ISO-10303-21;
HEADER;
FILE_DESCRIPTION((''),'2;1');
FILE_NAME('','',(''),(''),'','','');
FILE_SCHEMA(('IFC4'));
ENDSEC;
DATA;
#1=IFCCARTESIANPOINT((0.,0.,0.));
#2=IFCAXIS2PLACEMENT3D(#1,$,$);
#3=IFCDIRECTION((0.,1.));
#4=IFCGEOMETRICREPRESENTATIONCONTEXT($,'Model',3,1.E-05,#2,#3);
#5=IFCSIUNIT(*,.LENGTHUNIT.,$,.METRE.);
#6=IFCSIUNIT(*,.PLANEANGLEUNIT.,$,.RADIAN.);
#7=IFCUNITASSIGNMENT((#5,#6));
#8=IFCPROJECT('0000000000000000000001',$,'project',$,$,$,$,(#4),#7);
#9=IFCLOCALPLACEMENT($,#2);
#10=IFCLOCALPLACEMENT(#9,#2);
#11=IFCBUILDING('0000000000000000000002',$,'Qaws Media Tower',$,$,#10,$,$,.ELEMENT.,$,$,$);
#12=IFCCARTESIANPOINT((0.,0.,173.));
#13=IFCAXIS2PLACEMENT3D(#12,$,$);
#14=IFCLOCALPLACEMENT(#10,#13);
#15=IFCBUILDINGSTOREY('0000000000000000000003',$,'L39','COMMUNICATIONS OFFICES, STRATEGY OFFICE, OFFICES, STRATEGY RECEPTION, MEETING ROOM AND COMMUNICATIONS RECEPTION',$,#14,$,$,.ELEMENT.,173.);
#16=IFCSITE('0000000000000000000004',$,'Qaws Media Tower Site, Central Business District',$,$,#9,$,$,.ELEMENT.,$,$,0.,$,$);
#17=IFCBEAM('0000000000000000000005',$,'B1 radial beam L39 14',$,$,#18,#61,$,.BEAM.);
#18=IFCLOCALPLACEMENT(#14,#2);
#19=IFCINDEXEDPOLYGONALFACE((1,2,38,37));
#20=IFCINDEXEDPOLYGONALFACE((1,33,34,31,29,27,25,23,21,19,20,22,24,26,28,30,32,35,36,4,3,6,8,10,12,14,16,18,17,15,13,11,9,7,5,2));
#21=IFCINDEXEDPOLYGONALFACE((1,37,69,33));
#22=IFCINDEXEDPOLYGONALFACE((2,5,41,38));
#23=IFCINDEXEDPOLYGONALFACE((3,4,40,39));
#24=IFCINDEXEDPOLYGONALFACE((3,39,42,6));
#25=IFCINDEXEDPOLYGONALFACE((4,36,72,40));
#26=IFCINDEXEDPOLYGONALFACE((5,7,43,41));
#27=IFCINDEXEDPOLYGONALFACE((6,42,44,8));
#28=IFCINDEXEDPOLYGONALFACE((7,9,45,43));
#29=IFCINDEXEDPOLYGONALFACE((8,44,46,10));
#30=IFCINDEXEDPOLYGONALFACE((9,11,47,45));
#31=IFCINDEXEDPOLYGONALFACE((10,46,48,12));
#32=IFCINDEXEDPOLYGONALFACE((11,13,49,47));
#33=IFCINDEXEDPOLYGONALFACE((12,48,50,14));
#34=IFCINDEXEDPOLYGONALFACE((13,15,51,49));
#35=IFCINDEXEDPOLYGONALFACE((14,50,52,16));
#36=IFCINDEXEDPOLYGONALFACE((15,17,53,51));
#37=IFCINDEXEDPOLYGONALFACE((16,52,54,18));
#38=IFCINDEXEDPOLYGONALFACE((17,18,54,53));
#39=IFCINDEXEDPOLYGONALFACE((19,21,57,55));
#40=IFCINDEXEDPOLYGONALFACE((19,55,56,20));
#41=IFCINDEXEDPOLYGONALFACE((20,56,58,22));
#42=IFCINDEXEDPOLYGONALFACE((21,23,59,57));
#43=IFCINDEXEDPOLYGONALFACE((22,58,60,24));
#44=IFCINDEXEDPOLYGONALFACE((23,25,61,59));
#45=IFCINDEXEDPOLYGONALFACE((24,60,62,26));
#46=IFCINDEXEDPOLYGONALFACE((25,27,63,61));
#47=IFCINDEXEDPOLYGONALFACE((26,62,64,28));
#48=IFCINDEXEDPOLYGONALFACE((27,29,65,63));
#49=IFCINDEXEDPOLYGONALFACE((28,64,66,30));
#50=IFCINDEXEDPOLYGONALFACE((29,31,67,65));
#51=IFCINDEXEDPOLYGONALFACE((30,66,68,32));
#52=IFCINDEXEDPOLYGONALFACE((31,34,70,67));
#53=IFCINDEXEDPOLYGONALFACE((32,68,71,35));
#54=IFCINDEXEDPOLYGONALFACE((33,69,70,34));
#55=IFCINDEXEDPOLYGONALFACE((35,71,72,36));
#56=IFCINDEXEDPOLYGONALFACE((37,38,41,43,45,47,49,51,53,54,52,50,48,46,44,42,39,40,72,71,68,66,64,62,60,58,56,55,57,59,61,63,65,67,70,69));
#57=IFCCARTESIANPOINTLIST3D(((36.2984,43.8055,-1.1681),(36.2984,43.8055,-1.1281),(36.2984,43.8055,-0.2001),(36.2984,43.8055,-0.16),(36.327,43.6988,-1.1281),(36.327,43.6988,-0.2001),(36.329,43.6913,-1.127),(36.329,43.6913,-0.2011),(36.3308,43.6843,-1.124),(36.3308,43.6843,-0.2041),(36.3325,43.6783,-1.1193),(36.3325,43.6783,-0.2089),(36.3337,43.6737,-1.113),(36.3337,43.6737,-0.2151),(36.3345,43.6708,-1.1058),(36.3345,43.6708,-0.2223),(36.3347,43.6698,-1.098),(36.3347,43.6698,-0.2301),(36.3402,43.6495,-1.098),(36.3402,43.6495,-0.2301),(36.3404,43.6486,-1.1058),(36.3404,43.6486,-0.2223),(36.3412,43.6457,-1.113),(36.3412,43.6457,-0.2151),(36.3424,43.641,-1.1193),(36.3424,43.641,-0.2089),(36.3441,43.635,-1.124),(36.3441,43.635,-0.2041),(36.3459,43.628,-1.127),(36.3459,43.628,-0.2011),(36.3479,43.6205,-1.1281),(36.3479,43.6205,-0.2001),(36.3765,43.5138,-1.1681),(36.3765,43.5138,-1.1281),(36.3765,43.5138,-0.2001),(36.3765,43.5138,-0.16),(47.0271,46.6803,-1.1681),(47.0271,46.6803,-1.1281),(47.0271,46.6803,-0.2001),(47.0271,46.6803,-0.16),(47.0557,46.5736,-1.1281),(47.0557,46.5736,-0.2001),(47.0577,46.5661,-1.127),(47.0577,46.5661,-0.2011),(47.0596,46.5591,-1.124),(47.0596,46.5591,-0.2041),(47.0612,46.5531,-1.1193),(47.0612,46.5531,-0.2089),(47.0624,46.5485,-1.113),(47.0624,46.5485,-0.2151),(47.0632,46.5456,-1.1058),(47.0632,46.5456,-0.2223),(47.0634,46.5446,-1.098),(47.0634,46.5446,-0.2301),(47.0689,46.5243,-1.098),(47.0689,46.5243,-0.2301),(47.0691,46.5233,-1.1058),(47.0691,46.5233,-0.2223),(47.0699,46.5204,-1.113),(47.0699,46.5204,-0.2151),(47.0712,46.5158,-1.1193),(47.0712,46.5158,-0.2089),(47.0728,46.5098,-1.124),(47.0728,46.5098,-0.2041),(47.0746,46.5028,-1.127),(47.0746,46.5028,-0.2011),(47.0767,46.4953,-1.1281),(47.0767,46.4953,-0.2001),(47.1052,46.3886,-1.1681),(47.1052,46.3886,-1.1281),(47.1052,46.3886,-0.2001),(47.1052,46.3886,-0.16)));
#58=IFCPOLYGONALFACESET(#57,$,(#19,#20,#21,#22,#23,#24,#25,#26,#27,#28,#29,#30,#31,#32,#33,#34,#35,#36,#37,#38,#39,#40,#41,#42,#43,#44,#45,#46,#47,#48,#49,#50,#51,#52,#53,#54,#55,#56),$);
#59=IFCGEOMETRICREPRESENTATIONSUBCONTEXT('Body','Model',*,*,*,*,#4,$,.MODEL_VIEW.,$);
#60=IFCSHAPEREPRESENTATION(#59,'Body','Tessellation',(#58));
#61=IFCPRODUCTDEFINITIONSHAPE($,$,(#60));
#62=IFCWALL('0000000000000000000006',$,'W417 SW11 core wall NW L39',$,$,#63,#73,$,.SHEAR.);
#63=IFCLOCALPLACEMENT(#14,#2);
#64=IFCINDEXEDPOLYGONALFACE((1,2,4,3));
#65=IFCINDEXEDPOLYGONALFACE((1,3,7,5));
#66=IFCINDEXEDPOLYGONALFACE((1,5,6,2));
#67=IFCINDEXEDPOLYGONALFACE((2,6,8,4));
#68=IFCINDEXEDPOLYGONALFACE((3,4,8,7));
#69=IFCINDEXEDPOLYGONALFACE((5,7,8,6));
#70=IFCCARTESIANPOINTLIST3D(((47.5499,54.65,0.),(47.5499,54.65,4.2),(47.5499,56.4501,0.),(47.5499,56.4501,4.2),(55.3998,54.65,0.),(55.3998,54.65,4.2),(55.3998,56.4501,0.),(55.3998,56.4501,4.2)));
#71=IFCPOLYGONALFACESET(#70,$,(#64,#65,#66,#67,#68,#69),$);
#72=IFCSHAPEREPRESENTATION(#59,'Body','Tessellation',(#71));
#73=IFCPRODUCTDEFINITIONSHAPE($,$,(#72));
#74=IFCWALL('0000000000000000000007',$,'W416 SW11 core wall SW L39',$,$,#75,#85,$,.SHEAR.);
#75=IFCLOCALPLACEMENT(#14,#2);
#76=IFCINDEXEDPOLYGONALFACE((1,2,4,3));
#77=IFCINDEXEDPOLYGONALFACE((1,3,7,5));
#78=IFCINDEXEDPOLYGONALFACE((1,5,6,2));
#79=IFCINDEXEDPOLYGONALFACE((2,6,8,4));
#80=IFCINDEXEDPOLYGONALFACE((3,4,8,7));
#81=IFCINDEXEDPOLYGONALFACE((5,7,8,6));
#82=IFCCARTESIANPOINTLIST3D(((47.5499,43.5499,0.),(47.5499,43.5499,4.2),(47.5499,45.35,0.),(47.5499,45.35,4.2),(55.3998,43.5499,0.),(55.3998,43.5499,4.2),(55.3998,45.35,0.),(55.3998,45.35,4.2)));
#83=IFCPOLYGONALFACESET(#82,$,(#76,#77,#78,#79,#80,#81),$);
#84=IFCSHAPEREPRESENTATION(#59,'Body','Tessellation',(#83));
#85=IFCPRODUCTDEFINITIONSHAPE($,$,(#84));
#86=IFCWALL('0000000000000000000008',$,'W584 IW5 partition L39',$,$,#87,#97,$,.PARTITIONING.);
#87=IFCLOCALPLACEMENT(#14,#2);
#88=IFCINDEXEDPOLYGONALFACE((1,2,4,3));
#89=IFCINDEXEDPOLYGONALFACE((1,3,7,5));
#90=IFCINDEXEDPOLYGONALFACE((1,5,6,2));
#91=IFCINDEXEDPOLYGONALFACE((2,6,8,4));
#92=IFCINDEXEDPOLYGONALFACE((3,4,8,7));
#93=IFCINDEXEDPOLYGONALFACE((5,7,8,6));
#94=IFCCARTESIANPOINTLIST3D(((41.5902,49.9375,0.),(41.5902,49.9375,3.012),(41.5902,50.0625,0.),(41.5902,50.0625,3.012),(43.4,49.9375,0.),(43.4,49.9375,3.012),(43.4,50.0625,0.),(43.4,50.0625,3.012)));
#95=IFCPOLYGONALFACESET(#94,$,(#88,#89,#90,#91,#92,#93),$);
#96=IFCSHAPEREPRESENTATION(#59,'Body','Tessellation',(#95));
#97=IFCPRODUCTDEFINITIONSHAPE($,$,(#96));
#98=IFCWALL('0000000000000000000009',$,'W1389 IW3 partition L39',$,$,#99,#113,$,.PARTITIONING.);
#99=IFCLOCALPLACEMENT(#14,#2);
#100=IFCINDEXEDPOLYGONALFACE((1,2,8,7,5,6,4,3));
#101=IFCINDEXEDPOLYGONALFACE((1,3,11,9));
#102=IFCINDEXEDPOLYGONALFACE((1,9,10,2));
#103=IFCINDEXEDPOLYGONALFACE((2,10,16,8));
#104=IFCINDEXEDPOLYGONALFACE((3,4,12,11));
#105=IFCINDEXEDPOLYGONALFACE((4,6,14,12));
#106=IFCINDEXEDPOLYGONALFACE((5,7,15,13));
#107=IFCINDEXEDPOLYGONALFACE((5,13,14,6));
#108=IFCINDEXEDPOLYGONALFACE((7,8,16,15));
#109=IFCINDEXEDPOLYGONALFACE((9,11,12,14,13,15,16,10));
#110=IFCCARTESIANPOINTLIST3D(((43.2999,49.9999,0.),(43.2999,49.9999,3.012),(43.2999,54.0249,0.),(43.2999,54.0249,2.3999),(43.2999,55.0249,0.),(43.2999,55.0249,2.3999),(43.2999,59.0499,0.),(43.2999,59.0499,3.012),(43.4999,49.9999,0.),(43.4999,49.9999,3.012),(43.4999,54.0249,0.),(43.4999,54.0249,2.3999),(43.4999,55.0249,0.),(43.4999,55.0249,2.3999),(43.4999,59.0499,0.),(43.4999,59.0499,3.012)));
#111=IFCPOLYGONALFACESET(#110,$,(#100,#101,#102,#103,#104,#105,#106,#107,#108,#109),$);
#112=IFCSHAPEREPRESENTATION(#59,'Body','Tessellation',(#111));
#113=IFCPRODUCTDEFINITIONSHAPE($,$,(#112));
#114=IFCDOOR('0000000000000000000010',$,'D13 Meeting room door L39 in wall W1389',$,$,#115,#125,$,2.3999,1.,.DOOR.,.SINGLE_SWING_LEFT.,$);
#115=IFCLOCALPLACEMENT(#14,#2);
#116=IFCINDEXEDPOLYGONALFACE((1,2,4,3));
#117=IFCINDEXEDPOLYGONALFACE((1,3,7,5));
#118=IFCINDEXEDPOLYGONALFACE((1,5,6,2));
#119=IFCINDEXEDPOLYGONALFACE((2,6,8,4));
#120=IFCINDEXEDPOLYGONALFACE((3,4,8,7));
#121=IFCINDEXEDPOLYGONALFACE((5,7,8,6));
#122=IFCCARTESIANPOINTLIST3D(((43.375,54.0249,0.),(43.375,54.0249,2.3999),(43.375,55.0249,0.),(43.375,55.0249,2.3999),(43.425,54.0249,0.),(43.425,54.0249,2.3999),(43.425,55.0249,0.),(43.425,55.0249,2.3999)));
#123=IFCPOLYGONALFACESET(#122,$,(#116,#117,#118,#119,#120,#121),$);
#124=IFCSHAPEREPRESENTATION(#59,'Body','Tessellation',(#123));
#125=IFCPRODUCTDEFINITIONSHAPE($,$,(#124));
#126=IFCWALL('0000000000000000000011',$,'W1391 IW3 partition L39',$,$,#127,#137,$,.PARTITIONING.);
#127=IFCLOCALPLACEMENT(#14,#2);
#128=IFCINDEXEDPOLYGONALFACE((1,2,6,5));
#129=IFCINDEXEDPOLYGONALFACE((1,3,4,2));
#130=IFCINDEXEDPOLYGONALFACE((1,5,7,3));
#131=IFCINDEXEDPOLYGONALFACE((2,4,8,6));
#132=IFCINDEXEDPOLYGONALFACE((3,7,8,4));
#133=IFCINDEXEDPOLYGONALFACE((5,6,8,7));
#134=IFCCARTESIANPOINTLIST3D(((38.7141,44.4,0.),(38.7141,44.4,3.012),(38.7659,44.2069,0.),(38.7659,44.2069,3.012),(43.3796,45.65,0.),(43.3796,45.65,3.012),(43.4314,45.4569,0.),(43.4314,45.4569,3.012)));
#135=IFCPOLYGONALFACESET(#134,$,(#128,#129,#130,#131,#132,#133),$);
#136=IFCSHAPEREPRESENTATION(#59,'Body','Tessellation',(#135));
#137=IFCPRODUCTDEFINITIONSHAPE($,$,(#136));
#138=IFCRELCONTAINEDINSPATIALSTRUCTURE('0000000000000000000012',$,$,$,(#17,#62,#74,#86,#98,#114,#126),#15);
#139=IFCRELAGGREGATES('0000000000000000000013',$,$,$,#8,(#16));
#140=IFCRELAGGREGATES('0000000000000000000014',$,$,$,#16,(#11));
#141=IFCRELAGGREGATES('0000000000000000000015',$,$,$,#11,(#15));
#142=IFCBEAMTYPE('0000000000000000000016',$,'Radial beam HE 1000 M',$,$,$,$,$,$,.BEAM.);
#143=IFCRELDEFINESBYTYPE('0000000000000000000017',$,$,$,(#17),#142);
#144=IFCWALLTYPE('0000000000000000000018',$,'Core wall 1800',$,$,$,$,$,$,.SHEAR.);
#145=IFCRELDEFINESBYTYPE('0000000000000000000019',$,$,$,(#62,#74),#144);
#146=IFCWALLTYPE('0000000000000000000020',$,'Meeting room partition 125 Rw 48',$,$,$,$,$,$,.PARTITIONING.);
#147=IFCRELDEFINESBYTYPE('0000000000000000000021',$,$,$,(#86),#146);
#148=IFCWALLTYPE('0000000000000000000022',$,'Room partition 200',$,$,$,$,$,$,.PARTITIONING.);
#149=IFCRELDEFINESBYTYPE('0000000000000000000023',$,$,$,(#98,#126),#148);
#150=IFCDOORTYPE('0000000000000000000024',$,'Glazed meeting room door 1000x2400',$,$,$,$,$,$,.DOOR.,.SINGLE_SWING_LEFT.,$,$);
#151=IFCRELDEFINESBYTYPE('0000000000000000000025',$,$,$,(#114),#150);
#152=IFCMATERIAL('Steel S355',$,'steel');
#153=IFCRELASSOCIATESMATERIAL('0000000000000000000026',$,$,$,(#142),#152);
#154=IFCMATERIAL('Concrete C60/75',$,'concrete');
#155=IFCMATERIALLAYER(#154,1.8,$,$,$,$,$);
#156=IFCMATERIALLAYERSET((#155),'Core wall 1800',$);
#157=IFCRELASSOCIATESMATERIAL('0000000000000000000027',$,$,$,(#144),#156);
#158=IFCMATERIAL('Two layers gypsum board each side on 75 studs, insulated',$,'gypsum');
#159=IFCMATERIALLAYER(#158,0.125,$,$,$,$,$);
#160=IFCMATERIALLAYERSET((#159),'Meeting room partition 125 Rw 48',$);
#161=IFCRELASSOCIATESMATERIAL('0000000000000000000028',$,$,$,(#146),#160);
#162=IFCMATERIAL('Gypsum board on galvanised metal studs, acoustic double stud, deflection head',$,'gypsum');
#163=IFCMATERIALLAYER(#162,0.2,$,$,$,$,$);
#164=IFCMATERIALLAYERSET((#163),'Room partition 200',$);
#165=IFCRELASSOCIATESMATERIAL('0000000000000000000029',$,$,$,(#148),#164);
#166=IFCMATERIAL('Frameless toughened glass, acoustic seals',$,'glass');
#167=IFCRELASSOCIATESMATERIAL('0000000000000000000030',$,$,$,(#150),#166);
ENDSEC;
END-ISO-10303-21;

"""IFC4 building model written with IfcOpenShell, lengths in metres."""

from ifc_helpers import new_model, si_unit, direction, frame, frame_2d, origin, origin_2d, place, context, subcontext, project, spatial, rectangle, i_section, extrude, material, layer, layer_set, material_profile, profile_set, type_object, element, fill, save


model = new_model("IFC4")

# Units and contexts
model_context = context("Model", 3, precision=1e-05, world=origin(), true_north=direction((0.0, 1.0)))
body_context = subcontext(model_context, "Body", "Model", "MODEL_VIEW")
ifc_project = project(units=[si_unit("LENGTHUNIT", "METRE"), si_unit("PLANEANGLEUNIT", "RADIAN")], contexts=[model_context])

# Site, building, storey
site_placement = place(None, origin())
site = spatial("IfcSite", under=ifc_project, at=site_placement, Name="Qaws Media Tower Site, Central Business District", CompositionType="ELEMENT", RefElevation=0.0)
building_placement = place(site_placement, origin())
building = spatial("IfcBuilding", under=site, at=building_placement, Name="Qaws Media Tower", CompositionType="ELEMENT")
storey_placement = place(building_placement, frame((0.0, 0.0, 173.0)))
storey = spatial("IfcBuildingStorey", under=building, at=storey_placement, Name="L39", Description="COMMUNICATIONS OFFICES, STRATEGY OFFICE, OFFICES, STRATEGY RECEPTION, MEETING ROOM AND COMMUNICATIONS RECEPTION", CompositionType="ELEMENT", Elevation=173.0)

# Beam
ifc_material_1 = material(Name="Steel S355", Category="steel")
ifc_material_profile_1 = material_profile(ifc_material_1, i_section(OverallWidth=0.302, OverallDepth=1.0081, WebThickness=0.021, FlangeThickness=0.04, FilletRadius=0.03, at=origin_2d()), Name="HE 1000 M")
ifc_profile_set_1 = profile_set([ifc_material_profile_1], Name="Steel S355")
beam_type_1 = type_object("IfcBeamType", Name="Radial beam HE 1000 M", PredefinedType="BEAM", material=ifc_profile_set_1)
beam_1_placement = place(storey_placement, frame((47.0662, 46.5344, -0.6641), z_axis=(-0.965926, -0.258818, 0.0), x_axis=(0.258818, -0.965926, 0.0)))
element("IfcBeam", 1, at=beam_1_placement, inside=storey, type_object=beam_type_1, Name="B1 radial beam L39 14", PredefinedType="BEAM", context=body_context, shape_type="SweptSolid", body=[
    extrude(i_section(OverallWidth=0.302, OverallDepth=1.0081, WebThickness=0.021, FlangeThickness=0.04, FilletRadius=0.03, at=origin_2d()), origin(), (0.0, 0.0, 1.0), 11.1072),
])

# Walls
ifc_material_2 = material(Name="Concrete C60/75", Category="concrete")
ifc_layer_1 = layer(ifc_material_2, 1.8)
ifc_layer_set_1 = layer_set([ifc_layer_1], Name="Core wall 1800")
wall_type_1 = type_object("IfcWallType", Name="Core wall 1800", PredefinedType="SHEAR", material=ifc_layer_set_1)
for number, where, z_axis, x_axis, name in (
    (2, (47.55, 55.55, 0.0), (0.0, 0.0, 1.0), (1.0, 0.0, 0.0), "W417 SW11 core wall NW L39"),
    (3, (47.55, 44.45, 0.0), (0.0, 0.0, 1.0), (1.0, 0.0, 0.0), "W416 SW11 core wall SW L39"),
):
    element("IfcWall", number, at=place(storey_placement, frame(where, z_axis=z_axis, x_axis=x_axis)), inside=storey, type_object=wall_type_1, Name=name, PredefinedType="SHEAR", context=body_context, shape_type="SweptSolid", body=[
        extrude(rectangle(XDim=7.8499, YDim=1.8, at=frame_2d((3.9248, 0.0))), origin(), (0.0, 0.0, 1.0), 4.2),
    ])
ifc_material_3 = material(Name="Two layers gypsum board each side on 75 studs, insulated", Category="gypsum")
ifc_layer_2 = layer(ifc_material_3, 0.125)
ifc_layer_set_2 = layer_set([ifc_layer_2], Name="Meeting room partition 125 Rw 48")
wall_type_2 = type_object("IfcWallType", Name="Meeting room partition 125 Rw 48", PredefinedType="PARTITIONING", material=ifc_layer_set_2)
wall_1_placement = place(storey_placement, frame((43.3999, 50.0, 0.0), z_axis=(0.0, 0.0, 1.0), x_axis=(-1.0, 0.0, 0.0)))
element("IfcWall", 4, at=wall_1_placement, inside=storey, type_object=wall_type_2, Name="W584 IW5 partition L39", PredefinedType="PARTITIONING", context=body_context, shape_type="SweptSolid", body=[
    extrude(rectangle(XDim=1.8098, YDim=0.125, at=frame_2d((0.9048, 0.0))), origin(), (0.0, 0.0, 1.0), 3.012),
])

# Wall, opening, door
ifc_material_4 = material(Name="Gypsum board on galvanised metal studs, acoustic double stud, deflection head", Category="gypsum")
ifc_layer_3 = layer(ifc_material_4, 0.2)
ifc_layer_set_3 = layer_set([ifc_layer_3], Name="Room partition 200")
wall_type_3 = type_object("IfcWallType", Name="Room partition 200", PredefinedType="PARTITIONING", material=ifc_layer_set_3)
wall_2_placement = place(storey_placement, frame((43.3999, 50.0, 0.0), z_axis=(0.0, 0.0, 1.0), x_axis=(0.0, 1.0, 0.0)))
wall_2 = element("IfcWall", 5, at=wall_2_placement, inside=storey, type_object=wall_type_3, Name="W1389 IW3 partition L39", PredefinedType="PARTITIONING", context=body_context, shape_type="SweptSolid", body=[
    extrude(rectangle(XDim=9.05, YDim=0.2, at=frame_2d((4.5249, 0.0))), origin(), (0.0, 0.0, 1.0), 3.012),
])
opening_1_placement = place(wall_2_placement, frame((4.0249, 0.0, 0.0)))
opening_1 = element("IfcOpeningElement", 6, at=opening_1_placement, cuts=wall_2, PredefinedType="OPENING", context=body_context, shape_type="SweptSolid", body=[
    extrude(rectangle(XDim=1.0, YDim=2.3999, at=frame_2d((0.5, 1.2))), frame((0.0, 0.1099, 0.0), z_axis=(0.0, -1.0, 0.0), x_axis=(1.0, 0.0, 0.0)), (0.0, 0.0, 1.0), 0.22),
])
ifc_material_5 = material(Name="Frameless toughened glass, acoustic seals", Category="glass")
door_type_1 = type_object("IfcDoorType", Name="Glazed meeting room door 1000x2400", OperationType="SINGLE_SWING_LEFT", PredefinedType="DOOR", material=ifc_material_5)
door_1_placement = place(opening_1_placement, origin())
door_1 = element("IfcDoor", 7, at=door_1_placement, inside=storey, type_object=door_type_1, Name="D13 Meeting room door L39 in wall W1389", OperationType="SINGLE_SWING_LEFT", OverallHeight=2.3999, OverallWidth=1.0, PredefinedType="DOOR", context=body_context, shape_type="SweptSolid", body=[
    extrude(rectangle(XDim=1.0, YDim=2.3999, at=frame_2d((0.5, 1.2))), frame((0.0, 0.0249, 0.0), z_axis=(0.0, -1.0, 0.0), x_axis=(1.0, 0.0, 0.0)), (0.0, 0.0, 1.0), 0.05),
])
fill(opening_1, door_1)

# Wall
wall_3_placement = place(storey_placement, frame((43.4055, 45.5535, 0.0), z_axis=(0.0, 0.0, 1.0), x_axis=(-0.965932, -0.258795, 0.0)))
element("IfcWall", 8, at=wall_3_placement, inside=storey, type_object=wall_type_3, Name="W1391 IW3 partition L39", PredefinedType="PARTITIONING", context=body_context, shape_type="SweptSolid", body=[
    extrude(rectangle(XDim=4.8301, YDim=0.2, at=frame_2d((2.415, 0.0))), origin(), (0.0, 0.0, 1.0), 3.012),
])

save(model, "model.ifc")
